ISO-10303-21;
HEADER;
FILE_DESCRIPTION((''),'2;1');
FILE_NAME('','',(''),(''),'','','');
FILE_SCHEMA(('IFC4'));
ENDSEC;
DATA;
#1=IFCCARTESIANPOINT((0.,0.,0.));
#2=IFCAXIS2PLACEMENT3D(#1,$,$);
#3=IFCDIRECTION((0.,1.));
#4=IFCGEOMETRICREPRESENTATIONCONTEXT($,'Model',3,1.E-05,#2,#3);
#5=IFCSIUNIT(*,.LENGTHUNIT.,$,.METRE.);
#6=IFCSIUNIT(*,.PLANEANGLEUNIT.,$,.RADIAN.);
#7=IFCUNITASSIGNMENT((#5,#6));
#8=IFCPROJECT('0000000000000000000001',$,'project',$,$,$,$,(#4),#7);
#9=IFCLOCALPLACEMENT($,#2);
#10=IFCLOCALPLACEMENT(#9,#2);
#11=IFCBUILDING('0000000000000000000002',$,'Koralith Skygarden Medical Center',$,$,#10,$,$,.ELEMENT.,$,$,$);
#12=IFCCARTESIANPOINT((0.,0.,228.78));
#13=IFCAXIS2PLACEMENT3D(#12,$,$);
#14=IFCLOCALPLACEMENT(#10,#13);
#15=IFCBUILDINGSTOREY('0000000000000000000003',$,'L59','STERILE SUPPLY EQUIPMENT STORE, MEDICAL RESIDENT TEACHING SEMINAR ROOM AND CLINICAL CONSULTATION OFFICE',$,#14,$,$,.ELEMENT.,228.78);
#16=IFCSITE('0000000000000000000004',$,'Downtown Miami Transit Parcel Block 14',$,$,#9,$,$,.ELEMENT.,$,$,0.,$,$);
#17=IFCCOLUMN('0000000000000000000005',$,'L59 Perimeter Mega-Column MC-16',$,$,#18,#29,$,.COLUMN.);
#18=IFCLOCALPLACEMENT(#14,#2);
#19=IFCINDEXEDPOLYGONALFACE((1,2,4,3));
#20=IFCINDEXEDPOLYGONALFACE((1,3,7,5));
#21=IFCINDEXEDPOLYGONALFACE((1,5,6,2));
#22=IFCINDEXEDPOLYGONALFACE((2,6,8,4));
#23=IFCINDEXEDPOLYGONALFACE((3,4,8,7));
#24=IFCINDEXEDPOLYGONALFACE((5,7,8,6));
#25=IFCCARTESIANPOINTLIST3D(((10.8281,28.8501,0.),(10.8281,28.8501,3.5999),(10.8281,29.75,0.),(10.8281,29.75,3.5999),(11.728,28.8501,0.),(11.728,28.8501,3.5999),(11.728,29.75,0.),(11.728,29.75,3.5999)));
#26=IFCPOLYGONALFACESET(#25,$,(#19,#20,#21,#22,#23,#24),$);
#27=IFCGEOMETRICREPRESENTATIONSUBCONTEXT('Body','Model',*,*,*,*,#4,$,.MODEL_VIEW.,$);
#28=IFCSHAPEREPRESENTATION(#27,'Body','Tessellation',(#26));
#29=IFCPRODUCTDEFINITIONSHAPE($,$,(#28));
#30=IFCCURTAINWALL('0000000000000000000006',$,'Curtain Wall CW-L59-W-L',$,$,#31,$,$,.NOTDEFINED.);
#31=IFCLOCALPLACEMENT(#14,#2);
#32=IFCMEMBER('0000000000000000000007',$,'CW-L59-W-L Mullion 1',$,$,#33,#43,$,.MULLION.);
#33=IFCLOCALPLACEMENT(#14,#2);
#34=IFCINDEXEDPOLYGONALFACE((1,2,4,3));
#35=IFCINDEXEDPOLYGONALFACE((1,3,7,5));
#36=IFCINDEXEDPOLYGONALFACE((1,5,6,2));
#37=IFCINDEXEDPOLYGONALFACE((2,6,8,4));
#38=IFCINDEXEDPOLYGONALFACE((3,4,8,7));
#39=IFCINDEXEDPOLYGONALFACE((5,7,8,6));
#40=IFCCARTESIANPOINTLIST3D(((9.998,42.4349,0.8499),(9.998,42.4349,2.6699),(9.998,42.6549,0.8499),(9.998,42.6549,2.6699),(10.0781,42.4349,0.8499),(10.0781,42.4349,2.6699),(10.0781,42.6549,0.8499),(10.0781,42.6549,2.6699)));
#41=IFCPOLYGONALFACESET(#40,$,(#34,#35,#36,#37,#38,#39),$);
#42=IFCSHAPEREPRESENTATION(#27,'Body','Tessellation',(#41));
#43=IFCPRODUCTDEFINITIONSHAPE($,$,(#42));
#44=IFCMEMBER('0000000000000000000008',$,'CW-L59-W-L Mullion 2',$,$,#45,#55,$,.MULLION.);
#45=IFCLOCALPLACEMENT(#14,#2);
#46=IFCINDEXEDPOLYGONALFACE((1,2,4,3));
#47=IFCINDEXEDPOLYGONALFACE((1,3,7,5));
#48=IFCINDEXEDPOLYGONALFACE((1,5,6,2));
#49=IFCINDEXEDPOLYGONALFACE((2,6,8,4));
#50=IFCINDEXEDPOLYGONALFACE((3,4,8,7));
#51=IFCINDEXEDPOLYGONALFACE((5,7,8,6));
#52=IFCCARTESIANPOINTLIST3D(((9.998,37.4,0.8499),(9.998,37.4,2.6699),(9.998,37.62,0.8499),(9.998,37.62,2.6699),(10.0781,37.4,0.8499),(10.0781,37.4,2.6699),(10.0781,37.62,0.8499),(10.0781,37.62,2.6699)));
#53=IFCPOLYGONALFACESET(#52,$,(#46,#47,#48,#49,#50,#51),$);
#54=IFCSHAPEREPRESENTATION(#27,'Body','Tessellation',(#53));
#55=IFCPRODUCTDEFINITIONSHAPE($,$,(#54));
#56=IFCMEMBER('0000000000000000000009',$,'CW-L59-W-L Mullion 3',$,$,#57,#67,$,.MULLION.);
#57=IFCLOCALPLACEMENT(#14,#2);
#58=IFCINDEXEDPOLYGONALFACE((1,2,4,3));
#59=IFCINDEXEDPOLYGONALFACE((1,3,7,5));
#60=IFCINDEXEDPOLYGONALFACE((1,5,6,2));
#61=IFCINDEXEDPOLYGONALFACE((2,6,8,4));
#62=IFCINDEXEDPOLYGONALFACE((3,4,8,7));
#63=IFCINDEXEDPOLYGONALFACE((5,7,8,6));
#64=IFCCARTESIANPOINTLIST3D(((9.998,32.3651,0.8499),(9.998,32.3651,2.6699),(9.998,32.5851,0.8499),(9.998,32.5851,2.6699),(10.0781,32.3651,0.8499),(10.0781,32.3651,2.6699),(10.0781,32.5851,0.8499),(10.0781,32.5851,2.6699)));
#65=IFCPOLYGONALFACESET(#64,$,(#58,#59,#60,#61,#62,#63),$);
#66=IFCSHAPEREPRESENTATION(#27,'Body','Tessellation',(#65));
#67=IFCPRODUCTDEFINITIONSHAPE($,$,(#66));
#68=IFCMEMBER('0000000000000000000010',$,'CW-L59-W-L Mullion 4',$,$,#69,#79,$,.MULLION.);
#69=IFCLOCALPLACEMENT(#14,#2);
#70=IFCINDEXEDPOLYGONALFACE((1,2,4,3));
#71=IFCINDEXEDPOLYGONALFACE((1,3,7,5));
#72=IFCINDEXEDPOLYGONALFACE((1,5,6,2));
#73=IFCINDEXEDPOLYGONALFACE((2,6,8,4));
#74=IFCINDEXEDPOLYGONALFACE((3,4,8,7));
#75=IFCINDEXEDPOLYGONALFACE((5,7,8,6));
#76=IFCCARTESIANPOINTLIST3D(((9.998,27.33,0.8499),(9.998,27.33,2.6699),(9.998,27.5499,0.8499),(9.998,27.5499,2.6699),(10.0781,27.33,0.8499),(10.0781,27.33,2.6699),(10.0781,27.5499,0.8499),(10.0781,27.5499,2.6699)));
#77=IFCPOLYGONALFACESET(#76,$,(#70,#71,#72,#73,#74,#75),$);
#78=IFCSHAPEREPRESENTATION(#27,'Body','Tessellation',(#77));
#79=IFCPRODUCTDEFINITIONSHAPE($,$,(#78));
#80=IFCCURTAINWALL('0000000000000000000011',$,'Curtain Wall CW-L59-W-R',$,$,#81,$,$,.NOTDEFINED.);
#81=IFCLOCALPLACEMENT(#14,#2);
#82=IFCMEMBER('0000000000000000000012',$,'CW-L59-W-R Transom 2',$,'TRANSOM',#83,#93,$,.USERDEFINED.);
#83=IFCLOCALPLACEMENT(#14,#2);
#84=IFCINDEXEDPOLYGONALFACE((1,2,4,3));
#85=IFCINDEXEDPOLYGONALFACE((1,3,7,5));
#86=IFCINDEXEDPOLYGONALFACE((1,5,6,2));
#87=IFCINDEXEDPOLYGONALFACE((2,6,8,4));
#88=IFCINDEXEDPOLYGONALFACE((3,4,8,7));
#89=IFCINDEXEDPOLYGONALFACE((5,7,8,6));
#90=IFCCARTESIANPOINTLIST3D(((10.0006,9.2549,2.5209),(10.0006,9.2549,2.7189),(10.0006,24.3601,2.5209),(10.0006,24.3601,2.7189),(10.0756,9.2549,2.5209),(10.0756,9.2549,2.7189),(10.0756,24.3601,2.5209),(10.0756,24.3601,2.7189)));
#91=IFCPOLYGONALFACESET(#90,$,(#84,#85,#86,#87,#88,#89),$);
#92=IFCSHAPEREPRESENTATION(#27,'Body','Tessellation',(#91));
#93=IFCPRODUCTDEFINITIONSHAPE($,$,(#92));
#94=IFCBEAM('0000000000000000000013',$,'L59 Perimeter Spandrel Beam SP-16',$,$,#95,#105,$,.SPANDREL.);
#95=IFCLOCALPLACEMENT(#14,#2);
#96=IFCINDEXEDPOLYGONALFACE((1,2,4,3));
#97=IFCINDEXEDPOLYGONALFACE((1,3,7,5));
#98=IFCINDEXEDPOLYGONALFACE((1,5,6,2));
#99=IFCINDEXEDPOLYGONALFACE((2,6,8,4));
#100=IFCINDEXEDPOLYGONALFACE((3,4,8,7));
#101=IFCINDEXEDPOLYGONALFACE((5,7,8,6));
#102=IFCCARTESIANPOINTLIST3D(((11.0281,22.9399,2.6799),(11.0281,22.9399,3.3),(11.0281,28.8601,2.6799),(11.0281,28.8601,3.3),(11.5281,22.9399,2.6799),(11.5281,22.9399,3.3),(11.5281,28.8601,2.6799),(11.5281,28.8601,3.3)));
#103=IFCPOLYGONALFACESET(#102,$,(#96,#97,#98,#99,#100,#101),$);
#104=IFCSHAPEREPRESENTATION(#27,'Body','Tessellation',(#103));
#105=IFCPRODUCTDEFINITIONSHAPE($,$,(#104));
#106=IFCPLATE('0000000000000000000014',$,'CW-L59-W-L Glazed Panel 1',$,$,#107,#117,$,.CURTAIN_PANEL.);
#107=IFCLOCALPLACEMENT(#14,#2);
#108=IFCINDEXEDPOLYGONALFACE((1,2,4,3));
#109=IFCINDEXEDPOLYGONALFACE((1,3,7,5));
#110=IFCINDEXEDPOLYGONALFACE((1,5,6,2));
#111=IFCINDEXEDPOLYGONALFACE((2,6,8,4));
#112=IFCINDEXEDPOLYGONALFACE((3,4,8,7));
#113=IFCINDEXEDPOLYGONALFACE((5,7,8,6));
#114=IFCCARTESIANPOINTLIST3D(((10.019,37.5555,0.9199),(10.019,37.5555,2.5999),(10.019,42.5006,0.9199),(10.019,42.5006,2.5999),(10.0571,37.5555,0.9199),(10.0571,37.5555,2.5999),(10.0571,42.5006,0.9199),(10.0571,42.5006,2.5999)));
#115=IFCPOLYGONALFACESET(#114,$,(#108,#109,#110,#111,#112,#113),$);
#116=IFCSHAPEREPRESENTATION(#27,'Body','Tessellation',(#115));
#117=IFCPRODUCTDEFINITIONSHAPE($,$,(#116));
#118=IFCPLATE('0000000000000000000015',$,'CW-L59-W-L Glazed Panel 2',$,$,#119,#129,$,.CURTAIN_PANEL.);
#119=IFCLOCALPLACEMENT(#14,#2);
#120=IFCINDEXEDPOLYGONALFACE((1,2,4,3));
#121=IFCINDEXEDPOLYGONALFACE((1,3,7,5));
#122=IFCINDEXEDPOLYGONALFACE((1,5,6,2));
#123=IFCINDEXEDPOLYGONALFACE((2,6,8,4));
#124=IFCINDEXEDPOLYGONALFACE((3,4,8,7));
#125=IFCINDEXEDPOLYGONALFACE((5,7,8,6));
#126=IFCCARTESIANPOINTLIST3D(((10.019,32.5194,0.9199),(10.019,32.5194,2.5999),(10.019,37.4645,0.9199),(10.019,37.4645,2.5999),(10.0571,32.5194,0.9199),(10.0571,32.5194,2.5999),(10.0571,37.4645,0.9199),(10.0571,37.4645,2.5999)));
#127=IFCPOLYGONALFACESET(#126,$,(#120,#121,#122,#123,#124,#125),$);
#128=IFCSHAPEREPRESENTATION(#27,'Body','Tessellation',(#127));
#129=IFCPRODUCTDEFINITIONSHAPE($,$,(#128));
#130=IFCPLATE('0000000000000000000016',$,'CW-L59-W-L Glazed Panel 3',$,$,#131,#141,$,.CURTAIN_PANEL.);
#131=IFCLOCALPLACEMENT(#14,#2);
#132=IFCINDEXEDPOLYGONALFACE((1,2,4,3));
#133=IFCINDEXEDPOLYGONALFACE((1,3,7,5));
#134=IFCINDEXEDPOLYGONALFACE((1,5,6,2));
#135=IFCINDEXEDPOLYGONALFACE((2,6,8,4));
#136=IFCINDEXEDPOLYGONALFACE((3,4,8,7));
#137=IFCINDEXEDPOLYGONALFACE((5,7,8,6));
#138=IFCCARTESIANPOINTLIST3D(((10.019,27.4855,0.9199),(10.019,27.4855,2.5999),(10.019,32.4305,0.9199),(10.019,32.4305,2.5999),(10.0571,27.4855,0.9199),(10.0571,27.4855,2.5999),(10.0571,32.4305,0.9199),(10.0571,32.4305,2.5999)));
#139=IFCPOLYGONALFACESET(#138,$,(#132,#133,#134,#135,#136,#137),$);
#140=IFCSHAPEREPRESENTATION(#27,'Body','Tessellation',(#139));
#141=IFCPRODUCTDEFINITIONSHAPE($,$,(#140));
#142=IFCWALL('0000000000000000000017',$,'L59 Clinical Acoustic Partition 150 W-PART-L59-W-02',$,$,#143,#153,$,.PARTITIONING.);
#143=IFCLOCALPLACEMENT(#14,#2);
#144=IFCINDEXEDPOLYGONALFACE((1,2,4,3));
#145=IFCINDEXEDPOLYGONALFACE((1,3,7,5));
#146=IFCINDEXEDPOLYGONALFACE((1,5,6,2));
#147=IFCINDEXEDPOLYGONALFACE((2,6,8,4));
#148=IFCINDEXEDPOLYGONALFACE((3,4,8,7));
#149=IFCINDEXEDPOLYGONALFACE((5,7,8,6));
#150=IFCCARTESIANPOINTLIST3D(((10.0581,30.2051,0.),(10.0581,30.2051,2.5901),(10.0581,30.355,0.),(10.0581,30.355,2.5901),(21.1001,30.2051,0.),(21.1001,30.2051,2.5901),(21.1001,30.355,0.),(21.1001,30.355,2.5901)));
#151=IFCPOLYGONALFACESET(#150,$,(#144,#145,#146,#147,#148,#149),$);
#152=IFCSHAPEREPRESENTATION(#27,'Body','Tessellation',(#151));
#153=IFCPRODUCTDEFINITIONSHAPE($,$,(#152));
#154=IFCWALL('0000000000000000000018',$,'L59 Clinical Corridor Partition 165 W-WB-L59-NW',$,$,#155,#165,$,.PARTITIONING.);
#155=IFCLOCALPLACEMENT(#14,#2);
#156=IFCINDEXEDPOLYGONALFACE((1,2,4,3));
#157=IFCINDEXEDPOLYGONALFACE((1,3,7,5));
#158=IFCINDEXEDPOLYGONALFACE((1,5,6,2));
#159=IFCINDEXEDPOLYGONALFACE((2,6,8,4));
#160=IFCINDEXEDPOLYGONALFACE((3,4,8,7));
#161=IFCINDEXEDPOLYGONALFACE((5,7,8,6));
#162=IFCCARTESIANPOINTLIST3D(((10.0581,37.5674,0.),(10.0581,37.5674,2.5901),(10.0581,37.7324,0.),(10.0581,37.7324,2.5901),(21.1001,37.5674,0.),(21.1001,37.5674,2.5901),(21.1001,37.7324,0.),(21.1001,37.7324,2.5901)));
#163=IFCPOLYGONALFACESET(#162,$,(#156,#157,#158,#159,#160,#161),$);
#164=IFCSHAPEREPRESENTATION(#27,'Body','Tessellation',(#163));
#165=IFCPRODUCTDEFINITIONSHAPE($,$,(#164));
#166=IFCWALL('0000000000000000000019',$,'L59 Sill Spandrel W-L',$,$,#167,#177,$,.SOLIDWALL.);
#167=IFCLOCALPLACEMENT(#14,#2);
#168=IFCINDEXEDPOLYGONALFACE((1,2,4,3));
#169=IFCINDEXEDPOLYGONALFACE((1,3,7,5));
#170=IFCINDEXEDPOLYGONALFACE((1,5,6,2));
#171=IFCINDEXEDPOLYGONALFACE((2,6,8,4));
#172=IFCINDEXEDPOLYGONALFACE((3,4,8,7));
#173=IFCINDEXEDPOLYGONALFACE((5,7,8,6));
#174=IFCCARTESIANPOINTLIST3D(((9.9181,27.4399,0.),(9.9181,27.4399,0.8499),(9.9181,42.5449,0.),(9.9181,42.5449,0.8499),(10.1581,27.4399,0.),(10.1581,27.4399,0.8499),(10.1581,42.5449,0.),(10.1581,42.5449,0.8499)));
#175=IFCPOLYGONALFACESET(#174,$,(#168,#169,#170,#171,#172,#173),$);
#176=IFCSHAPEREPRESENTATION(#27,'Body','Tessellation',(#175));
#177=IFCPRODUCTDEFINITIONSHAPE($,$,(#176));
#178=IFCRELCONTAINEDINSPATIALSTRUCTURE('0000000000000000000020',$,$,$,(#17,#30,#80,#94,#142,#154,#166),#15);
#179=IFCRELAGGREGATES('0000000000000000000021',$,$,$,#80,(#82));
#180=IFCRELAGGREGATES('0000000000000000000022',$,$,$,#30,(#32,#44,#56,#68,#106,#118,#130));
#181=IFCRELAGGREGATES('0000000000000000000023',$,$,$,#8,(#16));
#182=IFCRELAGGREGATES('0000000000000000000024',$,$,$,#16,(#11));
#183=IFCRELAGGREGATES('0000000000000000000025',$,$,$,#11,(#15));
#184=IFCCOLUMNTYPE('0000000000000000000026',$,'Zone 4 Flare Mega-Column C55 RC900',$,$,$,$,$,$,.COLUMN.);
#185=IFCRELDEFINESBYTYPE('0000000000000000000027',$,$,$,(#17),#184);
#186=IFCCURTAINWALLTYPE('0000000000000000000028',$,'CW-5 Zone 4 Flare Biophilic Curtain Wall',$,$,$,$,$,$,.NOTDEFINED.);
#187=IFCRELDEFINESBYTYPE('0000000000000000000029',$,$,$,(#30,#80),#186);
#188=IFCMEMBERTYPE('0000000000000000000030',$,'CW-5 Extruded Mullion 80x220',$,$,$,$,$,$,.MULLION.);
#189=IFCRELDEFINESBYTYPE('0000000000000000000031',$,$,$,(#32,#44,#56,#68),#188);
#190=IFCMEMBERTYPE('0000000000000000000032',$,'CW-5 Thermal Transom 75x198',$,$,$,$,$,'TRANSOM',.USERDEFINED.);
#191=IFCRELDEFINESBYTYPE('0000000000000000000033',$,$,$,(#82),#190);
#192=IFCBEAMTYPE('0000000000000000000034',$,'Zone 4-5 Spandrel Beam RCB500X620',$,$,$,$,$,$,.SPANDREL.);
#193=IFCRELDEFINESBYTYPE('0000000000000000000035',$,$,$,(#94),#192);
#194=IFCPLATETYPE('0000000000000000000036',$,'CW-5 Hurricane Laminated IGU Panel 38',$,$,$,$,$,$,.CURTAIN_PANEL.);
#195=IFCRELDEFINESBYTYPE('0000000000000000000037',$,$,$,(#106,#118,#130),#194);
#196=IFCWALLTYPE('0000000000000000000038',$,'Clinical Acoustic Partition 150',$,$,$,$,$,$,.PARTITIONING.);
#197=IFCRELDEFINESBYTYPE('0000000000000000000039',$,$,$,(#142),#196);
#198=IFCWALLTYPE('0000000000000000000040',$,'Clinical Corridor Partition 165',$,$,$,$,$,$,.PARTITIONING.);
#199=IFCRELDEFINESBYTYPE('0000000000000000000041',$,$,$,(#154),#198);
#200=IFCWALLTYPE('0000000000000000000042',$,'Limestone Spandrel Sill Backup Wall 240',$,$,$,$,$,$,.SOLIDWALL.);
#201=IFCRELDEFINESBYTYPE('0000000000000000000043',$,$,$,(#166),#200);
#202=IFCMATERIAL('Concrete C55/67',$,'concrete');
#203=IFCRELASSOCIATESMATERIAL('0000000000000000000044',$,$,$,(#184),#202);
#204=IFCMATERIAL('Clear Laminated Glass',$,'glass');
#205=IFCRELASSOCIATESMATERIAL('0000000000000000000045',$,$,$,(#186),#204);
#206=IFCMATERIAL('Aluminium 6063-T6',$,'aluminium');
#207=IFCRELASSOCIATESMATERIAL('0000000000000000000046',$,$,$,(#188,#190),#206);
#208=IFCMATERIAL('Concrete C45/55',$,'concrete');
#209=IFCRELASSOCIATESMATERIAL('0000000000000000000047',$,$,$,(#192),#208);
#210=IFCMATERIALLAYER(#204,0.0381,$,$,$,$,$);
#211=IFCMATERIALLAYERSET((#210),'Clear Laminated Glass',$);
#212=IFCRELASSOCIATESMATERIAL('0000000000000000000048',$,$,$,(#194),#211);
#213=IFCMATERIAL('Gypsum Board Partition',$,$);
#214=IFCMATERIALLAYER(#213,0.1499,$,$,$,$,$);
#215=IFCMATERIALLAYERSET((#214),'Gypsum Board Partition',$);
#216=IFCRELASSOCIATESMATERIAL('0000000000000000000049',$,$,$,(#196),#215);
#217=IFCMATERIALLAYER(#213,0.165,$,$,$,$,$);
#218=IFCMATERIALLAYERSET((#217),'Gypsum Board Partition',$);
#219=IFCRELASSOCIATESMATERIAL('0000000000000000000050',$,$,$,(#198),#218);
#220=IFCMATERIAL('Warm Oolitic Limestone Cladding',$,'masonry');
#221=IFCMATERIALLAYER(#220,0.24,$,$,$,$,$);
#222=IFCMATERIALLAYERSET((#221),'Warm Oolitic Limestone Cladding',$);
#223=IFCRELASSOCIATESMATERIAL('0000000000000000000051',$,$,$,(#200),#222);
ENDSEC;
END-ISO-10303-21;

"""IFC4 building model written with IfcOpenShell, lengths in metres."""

from ifc_helpers import new_model, si_unit, direction, frame, frame_2d, origin, origin_2d, place, context, subcontext, project, spatial, rectangle, extrude, material, layer, layer_set, material_profile, profile_set, type_object, element, aggregate, save


model = new_model("IFC4")

# Units and contexts
model_context = context("Model", 3, precision=1e-05, world=origin(), true_north=direction((0.0, 1.0)))
body_context = subcontext(model_context, "Body", "Model", "MODEL_VIEW")
ifc_project = project(units=[si_unit("LENGTHUNIT", "METRE"), si_unit("PLANEANGLEUNIT", "RADIAN")], contexts=[model_context])

# Site, building, storey
site_placement = place(None, origin())
site = spatial("IfcSite", under=ifc_project, at=site_placement, Name="Downtown Miami Transit Parcel Block 14", CompositionType="ELEMENT", RefElevation=0.0)
building_placement = place(site_placement, origin())
building = spatial("IfcBuilding", under=site, at=building_placement, Name="Koralith Skygarden Medical Center", CompositionType="ELEMENT")
storey_placement = place(building_placement, frame((0.0, 0.0, 228.78)))
storey = spatial("IfcBuildingStorey", under=building, at=storey_placement, Name="L59", Description="STERILE SUPPLY EQUIPMENT STORE, MEDICAL RESIDENT TEACHING SEMINAR ROOM AND CLINICAL CONSULTATION OFFICE", CompositionType="ELEMENT", Elevation=228.78)

# Column
ifc_material_1 = material(Name="Concrete C55/67", Category="concrete")
ifc_material_profile_1 = material_profile(ifc_material_1, rectangle(XDim=0.8999, YDim=0.8999, at=origin_2d()), Name="RC900X900")
ifc_profile_set_1 = profile_set([ifc_material_profile_1], Name="Concrete C55/67")
column_type = type_object("IfcColumnType", Name="Zone 4 Flare Mega-Column C55 RC900", PredefinedType="COLUMN", material=ifc_profile_set_1)
column_placement = place(storey_placement, frame((11.2781, 29.3, 0.0), z_axis=(0.0, 0.0, 1.0), x_axis=(1.0, 0.0, 0.0)))
element("IfcColumn", 1, at=column_placement, inside=storey, type_object=column_type, Name="L59 Perimeter Mega-Column MC-16", PredefinedType="COLUMN", context=body_context, shape_type="SweptSolid", body=[
    extrude(rectangle(XDim=0.8999, YDim=0.8999, at=origin_2d()), origin(), (0.0, 0.0, 1.0), 3.5999),
])

# Curtain wall, members
ifc_material_2 = material(Name="Clear Laminated Glass", Category="glass")
curtain_wall_type = type_object("IfcCurtainWallType", Name="CW-5 Zone 4 Flare Biophilic Curtain Wall", PredefinedType="NOTDEFINED", material=ifc_material_2)
curtain_wall_1_placement = place(storey_placement, origin())
curtain_wall_1 = element("IfcCurtainWall", 2, at=curtain_wall_1_placement, inside=storey, type_object=curtain_wall_type, Name="Curtain Wall CW-L59-W-L", PredefinedType="NOTDEFINED")
ifc_material_3 = material(Name="Aluminium 6063-T6", Category="aluminium")
ifc_material_profile_2 = material_profile(ifc_material_3, rectangle(XDim=0.0801, YDim=0.22, at=origin_2d()), Name="MUL80X220")
ifc_profile_set_2 = profile_set([ifc_material_profile_2], Name="Aluminium 6063-T6")
member_type_1 = type_object("IfcMemberType", Name="CW-5 Extruded Mullion 80x220", PredefinedType="MULLION", material=ifc_profile_set_2)
member_1_placement = place(storey_placement, frame((10.0381, 42.5449, 0.8499), z_axis=(0.0, 0.0, 1.0), x_axis=(1.0, 0.0, 0.0)))
member_1 = element("IfcMember", 3, at=member_1_placement, type_object=member_type_1, Name="CW-L59-W-L Mullion 1", PredefinedType="MULLION", context=body_context, shape_type="SweptSolid", body=[
    extrude(rectangle(XDim=0.0801, YDim=0.22, at=origin_2d()), origin(), (0.0, 0.0, 1.0), 1.8201),
])
member_2_placement = place(storey_placement, frame((10.0381, 37.51, 0.8499), z_axis=(0.0, 0.0, 1.0), x_axis=(1.0, 0.0, 0.0)))
member_2 = element("IfcMember", 4, at=member_2_placement, type_object=member_type_1, Name="CW-L59-W-L Mullion 2", PredefinedType="MULLION", context=body_context, shape_type="SweptSolid", body=[
    extrude(rectangle(XDim=0.0801, YDim=0.22, at=origin_2d()), origin(), (0.0, 0.0, 1.0), 1.8201),
])
member_3_placement = place(storey_placement, frame((10.0381, 32.4751, 0.8499), z_axis=(0.0, 0.0, 1.0), x_axis=(1.0, 0.0, 0.0)))
member_3 = element("IfcMember", 5, at=member_3_placement, type_object=member_type_1, Name="CW-L59-W-L Mullion 3", PredefinedType="MULLION", context=body_context, shape_type="SweptSolid", body=[
    extrude(rectangle(XDim=0.0801, YDim=0.22, at=origin_2d()), origin(), (0.0, 0.0, 1.0), 1.8201),
])
member_4_placement = place(storey_placement, frame((10.0381, 27.4399, 0.8499), z_axis=(0.0, 0.0, 1.0), x_axis=(1.0, 0.0, 0.0)))
member_4 = element("IfcMember", 6, at=member_4_placement, type_object=member_type_1, Name="CW-L59-W-L Mullion 4", PredefinedType="MULLION", context=body_context, shape_type="SweptSolid", body=[
    extrude(rectangle(XDim=0.0801, YDim=0.22, at=origin_2d()), origin(), (0.0, 0.0, 1.0), 1.8201),
])

# Curtain wall, member
curtain_wall_2_placement = place(storey_placement, origin())
curtain_wall_2 = element("IfcCurtainWall", 7, at=curtain_wall_2_placement, inside=storey, type_object=curtain_wall_type, Name="Curtain Wall CW-L59-W-R", PredefinedType="NOTDEFINED")
ifc_material_profile_3 = material_profile(ifc_material_3, rectangle(XDim=0.075, YDim=0.198, at=origin_2d()), Name="TRN75X198")
ifc_profile_set_3 = profile_set([ifc_material_profile_3], Name="Aluminium 6063-T6")
member_type_2 = type_object("IfcMemberType", Name="CW-5 Thermal Transom 75x198", ElementType="TRANSOM", PredefinedType="USERDEFINED", material=ifc_profile_set_3)
member_5_placement = place(storey_placement, frame((10.0381, 24.3601, 2.6199), z_axis=(0.0, -1.0, 0.0), x_axis=(1.0, 0.0, 0.0)))
member_5 = element("IfcMember", 8, at=member_5_placement, type_object=member_type_2, Name="CW-L59-W-R Transom 2", ObjectType="TRANSOM", PredefinedType="USERDEFINED", context=body_context, shape_type="SweptSolid", body=[
    extrude(rectangle(XDim=0.075, YDim=0.198, at=origin_2d()), origin(), (0.0, 0.0, 1.0), 15.1052),
])
aggregate(curtain_wall_2, [member_5])

# Beam
ifc_material_4 = material(Name="Concrete C45/55", Category="concrete")
ifc_material_profile_4 = material_profile(ifc_material_4, rectangle(XDim=0.5, YDim=0.6201, at=origin_2d()), Name="RCB500X620")
ifc_profile_set_4 = profile_set([ifc_material_profile_4], Name="Concrete C45/55")
beam_type = type_object("IfcBeamType", Name="Zone 4-5 Spandrel Beam RCB500X620", PredefinedType="SPANDREL", material=ifc_profile_set_4)
beam_placement = place(storey_placement, frame((11.2781, 28.8601, 2.99), z_axis=(0.0, -1.0, 0.0), x_axis=(1.0, 0.0, 0.0)))
element("IfcBeam", 9, at=beam_placement, inside=storey, type_object=beam_type, Name="L59 Perimeter Spandrel Beam SP-16", PredefinedType="SPANDREL", context=body_context, shape_type="SweptSolid", body=[
    extrude(rectangle(XDim=0.5, YDim=0.6201, at=origin_2d()), origin(), (0.0, 0.0, 1.0), 5.9202),
])

# Plates
ifc_layer_1 = layer(ifc_material_2, 0.0381)
ifc_layer_set_1 = layer_set([ifc_layer_1], Name="Clear Laminated Glass")
plate_type = type_object("IfcPlateType", Name="CW-5 Hurricane Laminated IGU Panel 38", PredefinedType="CURTAIN_PANEL", material=ifc_layer_set_1)
plate_1_placement = place(storey_placement, frame((10.0381, 40.0281, 0.9199), z_axis=(0.0, 0.0, 1.0), x_axis=(0.0, -1.0, 0.0)))
plate_1 = element("IfcPlate", 10, at=plate_1_placement, type_object=plate_type, Name="CW-L59-W-L Glazed Panel 1", PredefinedType="CURTAIN_PANEL", context=body_context, shape_type="SweptSolid", body=[
    extrude(rectangle(XDim=4.9451, YDim=0.0381, at=origin_2d()), origin(), (0.0, 0.0, 1.0), 1.6799),
])
plate_2_placement = place(storey_placement, frame((10.0381, 34.9919, 0.9199), z_axis=(0.0, 0.0, 1.0), x_axis=(0.0, -1.0, 0.0)))
plate_2 = element("IfcPlate", 11, at=plate_2_placement, type_object=plate_type, Name="CW-L59-W-L Glazed Panel 2", PredefinedType="CURTAIN_PANEL", context=body_context, shape_type="SweptSolid", body=[
    extrude(rectangle(XDim=4.9451, YDim=0.0381, at=origin_2d()), origin(), (0.0, 0.0, 1.0), 1.6799),
])
plate_3_placement = place(storey_placement, frame((10.0381, 29.958, 0.9199), z_axis=(0.0, 0.0, 1.0), x_axis=(0.0, -1.0, 0.0)))
plate_3 = element("IfcPlate", 12, at=plate_3_placement, type_object=plate_type, Name="CW-L59-W-L Glazed Panel 3", PredefinedType="CURTAIN_PANEL", context=body_context, shape_type="SweptSolid", body=[
    extrude(rectangle(XDim=4.9451, YDim=0.0381, at=origin_2d()), origin(), (0.0, 0.0, 1.0), 1.6799),
])
aggregate(curtain_wall_1, [member_1, member_2, member_3, member_4, plate_1, plate_2, plate_3])

# Walls
ifc_material_5 = material(Name="Gypsum Board Partition")
ifc_layer_2 = layer(ifc_material_5, 0.1499)
ifc_layer_set_2 = layer_set([ifc_layer_2], Name="Gypsum Board Partition")
wall_type_1 = type_object("IfcWallType", Name="Clinical Acoustic Partition 150", PredefinedType="PARTITIONING", material=ifc_layer_set_2)
wall_1_placement = place(storey_placement, frame((21.1001, 30.28, 0.0), z_axis=(0.0, 0.0, 1.0), x_axis=(-1.0, 0.0, 0.0)))
element("IfcWall", 13, at=wall_1_placement, inside=storey, type_object=wall_type_1, Name="L59 Clinical Acoustic Partition 150 W-PART-L59-W-02", PredefinedType="PARTITIONING", context=body_context, shape_type="SweptSolid", body=[
    extrude(rectangle(XDim=11.042, YDim=0.1499, at=frame_2d((5.521, 0.0))), origin(), (0.0, 0.0, 1.0), 2.5901),
])
ifc_layer_3 = layer(ifc_material_5, 0.165)
ifc_layer_set_3 = layer_set([ifc_layer_3], Name="Gypsum Board Partition")
wall_type_2 = type_object("IfcWallType", Name="Clinical Corridor Partition 165", PredefinedType="PARTITIONING", material=ifc_layer_set_3)
wall_2_placement = place(storey_placement, frame((10.0581, 37.6499, 0.0), z_axis=(0.0, 0.0, 1.0), x_axis=(1.0, 0.0, 0.0)))
element("IfcWall", 14, at=wall_2_placement, inside=storey, type_object=wall_type_2, Name="L59 Clinical Corridor Partition 165 W-WB-L59-NW", PredefinedType="PARTITIONING", context=body_context, shape_type="SweptSolid", body=[
    extrude(rectangle(XDim=11.042, YDim=0.165, at=frame_2d((5.521, 0.0))), origin(), (0.0, 0.0, 1.0), 2.5901),
])

# Wall
ifc_material_6 = material(Name="Warm Oolitic Limestone Cladding", Category="masonry")
ifc_layer_4 = layer(ifc_material_6, 0.24)
ifc_layer_set_4 = layer_set([ifc_layer_4], Name="Warm Oolitic Limestone Cladding")
wall_type_3 = type_object("IfcWallType", Name="Limestone Spandrel Sill Backup Wall 240", PredefinedType="SOLIDWALL", material=ifc_layer_set_4)
wall_3_placement = place(storey_placement, frame((10.0381, 42.5449, 0.0), z_axis=(0.0, 0.0, 1.0), x_axis=(0.0, -1.0, 0.0)))
element("IfcWall", 15, at=wall_3_placement, inside=storey, type_object=wall_type_3, Name="L59 Sill Spandrel W-L", PredefinedType="SOLIDWALL", context=body_context, shape_type="SweptSolid", body=[
    extrude(rectangle(XDim=15.105, YDim=0.24, at=frame_2d((7.5525, 0.0))), origin(), (0.0, 0.0, 1.0), 0.8499),
])

save(model, "model.ifc")
